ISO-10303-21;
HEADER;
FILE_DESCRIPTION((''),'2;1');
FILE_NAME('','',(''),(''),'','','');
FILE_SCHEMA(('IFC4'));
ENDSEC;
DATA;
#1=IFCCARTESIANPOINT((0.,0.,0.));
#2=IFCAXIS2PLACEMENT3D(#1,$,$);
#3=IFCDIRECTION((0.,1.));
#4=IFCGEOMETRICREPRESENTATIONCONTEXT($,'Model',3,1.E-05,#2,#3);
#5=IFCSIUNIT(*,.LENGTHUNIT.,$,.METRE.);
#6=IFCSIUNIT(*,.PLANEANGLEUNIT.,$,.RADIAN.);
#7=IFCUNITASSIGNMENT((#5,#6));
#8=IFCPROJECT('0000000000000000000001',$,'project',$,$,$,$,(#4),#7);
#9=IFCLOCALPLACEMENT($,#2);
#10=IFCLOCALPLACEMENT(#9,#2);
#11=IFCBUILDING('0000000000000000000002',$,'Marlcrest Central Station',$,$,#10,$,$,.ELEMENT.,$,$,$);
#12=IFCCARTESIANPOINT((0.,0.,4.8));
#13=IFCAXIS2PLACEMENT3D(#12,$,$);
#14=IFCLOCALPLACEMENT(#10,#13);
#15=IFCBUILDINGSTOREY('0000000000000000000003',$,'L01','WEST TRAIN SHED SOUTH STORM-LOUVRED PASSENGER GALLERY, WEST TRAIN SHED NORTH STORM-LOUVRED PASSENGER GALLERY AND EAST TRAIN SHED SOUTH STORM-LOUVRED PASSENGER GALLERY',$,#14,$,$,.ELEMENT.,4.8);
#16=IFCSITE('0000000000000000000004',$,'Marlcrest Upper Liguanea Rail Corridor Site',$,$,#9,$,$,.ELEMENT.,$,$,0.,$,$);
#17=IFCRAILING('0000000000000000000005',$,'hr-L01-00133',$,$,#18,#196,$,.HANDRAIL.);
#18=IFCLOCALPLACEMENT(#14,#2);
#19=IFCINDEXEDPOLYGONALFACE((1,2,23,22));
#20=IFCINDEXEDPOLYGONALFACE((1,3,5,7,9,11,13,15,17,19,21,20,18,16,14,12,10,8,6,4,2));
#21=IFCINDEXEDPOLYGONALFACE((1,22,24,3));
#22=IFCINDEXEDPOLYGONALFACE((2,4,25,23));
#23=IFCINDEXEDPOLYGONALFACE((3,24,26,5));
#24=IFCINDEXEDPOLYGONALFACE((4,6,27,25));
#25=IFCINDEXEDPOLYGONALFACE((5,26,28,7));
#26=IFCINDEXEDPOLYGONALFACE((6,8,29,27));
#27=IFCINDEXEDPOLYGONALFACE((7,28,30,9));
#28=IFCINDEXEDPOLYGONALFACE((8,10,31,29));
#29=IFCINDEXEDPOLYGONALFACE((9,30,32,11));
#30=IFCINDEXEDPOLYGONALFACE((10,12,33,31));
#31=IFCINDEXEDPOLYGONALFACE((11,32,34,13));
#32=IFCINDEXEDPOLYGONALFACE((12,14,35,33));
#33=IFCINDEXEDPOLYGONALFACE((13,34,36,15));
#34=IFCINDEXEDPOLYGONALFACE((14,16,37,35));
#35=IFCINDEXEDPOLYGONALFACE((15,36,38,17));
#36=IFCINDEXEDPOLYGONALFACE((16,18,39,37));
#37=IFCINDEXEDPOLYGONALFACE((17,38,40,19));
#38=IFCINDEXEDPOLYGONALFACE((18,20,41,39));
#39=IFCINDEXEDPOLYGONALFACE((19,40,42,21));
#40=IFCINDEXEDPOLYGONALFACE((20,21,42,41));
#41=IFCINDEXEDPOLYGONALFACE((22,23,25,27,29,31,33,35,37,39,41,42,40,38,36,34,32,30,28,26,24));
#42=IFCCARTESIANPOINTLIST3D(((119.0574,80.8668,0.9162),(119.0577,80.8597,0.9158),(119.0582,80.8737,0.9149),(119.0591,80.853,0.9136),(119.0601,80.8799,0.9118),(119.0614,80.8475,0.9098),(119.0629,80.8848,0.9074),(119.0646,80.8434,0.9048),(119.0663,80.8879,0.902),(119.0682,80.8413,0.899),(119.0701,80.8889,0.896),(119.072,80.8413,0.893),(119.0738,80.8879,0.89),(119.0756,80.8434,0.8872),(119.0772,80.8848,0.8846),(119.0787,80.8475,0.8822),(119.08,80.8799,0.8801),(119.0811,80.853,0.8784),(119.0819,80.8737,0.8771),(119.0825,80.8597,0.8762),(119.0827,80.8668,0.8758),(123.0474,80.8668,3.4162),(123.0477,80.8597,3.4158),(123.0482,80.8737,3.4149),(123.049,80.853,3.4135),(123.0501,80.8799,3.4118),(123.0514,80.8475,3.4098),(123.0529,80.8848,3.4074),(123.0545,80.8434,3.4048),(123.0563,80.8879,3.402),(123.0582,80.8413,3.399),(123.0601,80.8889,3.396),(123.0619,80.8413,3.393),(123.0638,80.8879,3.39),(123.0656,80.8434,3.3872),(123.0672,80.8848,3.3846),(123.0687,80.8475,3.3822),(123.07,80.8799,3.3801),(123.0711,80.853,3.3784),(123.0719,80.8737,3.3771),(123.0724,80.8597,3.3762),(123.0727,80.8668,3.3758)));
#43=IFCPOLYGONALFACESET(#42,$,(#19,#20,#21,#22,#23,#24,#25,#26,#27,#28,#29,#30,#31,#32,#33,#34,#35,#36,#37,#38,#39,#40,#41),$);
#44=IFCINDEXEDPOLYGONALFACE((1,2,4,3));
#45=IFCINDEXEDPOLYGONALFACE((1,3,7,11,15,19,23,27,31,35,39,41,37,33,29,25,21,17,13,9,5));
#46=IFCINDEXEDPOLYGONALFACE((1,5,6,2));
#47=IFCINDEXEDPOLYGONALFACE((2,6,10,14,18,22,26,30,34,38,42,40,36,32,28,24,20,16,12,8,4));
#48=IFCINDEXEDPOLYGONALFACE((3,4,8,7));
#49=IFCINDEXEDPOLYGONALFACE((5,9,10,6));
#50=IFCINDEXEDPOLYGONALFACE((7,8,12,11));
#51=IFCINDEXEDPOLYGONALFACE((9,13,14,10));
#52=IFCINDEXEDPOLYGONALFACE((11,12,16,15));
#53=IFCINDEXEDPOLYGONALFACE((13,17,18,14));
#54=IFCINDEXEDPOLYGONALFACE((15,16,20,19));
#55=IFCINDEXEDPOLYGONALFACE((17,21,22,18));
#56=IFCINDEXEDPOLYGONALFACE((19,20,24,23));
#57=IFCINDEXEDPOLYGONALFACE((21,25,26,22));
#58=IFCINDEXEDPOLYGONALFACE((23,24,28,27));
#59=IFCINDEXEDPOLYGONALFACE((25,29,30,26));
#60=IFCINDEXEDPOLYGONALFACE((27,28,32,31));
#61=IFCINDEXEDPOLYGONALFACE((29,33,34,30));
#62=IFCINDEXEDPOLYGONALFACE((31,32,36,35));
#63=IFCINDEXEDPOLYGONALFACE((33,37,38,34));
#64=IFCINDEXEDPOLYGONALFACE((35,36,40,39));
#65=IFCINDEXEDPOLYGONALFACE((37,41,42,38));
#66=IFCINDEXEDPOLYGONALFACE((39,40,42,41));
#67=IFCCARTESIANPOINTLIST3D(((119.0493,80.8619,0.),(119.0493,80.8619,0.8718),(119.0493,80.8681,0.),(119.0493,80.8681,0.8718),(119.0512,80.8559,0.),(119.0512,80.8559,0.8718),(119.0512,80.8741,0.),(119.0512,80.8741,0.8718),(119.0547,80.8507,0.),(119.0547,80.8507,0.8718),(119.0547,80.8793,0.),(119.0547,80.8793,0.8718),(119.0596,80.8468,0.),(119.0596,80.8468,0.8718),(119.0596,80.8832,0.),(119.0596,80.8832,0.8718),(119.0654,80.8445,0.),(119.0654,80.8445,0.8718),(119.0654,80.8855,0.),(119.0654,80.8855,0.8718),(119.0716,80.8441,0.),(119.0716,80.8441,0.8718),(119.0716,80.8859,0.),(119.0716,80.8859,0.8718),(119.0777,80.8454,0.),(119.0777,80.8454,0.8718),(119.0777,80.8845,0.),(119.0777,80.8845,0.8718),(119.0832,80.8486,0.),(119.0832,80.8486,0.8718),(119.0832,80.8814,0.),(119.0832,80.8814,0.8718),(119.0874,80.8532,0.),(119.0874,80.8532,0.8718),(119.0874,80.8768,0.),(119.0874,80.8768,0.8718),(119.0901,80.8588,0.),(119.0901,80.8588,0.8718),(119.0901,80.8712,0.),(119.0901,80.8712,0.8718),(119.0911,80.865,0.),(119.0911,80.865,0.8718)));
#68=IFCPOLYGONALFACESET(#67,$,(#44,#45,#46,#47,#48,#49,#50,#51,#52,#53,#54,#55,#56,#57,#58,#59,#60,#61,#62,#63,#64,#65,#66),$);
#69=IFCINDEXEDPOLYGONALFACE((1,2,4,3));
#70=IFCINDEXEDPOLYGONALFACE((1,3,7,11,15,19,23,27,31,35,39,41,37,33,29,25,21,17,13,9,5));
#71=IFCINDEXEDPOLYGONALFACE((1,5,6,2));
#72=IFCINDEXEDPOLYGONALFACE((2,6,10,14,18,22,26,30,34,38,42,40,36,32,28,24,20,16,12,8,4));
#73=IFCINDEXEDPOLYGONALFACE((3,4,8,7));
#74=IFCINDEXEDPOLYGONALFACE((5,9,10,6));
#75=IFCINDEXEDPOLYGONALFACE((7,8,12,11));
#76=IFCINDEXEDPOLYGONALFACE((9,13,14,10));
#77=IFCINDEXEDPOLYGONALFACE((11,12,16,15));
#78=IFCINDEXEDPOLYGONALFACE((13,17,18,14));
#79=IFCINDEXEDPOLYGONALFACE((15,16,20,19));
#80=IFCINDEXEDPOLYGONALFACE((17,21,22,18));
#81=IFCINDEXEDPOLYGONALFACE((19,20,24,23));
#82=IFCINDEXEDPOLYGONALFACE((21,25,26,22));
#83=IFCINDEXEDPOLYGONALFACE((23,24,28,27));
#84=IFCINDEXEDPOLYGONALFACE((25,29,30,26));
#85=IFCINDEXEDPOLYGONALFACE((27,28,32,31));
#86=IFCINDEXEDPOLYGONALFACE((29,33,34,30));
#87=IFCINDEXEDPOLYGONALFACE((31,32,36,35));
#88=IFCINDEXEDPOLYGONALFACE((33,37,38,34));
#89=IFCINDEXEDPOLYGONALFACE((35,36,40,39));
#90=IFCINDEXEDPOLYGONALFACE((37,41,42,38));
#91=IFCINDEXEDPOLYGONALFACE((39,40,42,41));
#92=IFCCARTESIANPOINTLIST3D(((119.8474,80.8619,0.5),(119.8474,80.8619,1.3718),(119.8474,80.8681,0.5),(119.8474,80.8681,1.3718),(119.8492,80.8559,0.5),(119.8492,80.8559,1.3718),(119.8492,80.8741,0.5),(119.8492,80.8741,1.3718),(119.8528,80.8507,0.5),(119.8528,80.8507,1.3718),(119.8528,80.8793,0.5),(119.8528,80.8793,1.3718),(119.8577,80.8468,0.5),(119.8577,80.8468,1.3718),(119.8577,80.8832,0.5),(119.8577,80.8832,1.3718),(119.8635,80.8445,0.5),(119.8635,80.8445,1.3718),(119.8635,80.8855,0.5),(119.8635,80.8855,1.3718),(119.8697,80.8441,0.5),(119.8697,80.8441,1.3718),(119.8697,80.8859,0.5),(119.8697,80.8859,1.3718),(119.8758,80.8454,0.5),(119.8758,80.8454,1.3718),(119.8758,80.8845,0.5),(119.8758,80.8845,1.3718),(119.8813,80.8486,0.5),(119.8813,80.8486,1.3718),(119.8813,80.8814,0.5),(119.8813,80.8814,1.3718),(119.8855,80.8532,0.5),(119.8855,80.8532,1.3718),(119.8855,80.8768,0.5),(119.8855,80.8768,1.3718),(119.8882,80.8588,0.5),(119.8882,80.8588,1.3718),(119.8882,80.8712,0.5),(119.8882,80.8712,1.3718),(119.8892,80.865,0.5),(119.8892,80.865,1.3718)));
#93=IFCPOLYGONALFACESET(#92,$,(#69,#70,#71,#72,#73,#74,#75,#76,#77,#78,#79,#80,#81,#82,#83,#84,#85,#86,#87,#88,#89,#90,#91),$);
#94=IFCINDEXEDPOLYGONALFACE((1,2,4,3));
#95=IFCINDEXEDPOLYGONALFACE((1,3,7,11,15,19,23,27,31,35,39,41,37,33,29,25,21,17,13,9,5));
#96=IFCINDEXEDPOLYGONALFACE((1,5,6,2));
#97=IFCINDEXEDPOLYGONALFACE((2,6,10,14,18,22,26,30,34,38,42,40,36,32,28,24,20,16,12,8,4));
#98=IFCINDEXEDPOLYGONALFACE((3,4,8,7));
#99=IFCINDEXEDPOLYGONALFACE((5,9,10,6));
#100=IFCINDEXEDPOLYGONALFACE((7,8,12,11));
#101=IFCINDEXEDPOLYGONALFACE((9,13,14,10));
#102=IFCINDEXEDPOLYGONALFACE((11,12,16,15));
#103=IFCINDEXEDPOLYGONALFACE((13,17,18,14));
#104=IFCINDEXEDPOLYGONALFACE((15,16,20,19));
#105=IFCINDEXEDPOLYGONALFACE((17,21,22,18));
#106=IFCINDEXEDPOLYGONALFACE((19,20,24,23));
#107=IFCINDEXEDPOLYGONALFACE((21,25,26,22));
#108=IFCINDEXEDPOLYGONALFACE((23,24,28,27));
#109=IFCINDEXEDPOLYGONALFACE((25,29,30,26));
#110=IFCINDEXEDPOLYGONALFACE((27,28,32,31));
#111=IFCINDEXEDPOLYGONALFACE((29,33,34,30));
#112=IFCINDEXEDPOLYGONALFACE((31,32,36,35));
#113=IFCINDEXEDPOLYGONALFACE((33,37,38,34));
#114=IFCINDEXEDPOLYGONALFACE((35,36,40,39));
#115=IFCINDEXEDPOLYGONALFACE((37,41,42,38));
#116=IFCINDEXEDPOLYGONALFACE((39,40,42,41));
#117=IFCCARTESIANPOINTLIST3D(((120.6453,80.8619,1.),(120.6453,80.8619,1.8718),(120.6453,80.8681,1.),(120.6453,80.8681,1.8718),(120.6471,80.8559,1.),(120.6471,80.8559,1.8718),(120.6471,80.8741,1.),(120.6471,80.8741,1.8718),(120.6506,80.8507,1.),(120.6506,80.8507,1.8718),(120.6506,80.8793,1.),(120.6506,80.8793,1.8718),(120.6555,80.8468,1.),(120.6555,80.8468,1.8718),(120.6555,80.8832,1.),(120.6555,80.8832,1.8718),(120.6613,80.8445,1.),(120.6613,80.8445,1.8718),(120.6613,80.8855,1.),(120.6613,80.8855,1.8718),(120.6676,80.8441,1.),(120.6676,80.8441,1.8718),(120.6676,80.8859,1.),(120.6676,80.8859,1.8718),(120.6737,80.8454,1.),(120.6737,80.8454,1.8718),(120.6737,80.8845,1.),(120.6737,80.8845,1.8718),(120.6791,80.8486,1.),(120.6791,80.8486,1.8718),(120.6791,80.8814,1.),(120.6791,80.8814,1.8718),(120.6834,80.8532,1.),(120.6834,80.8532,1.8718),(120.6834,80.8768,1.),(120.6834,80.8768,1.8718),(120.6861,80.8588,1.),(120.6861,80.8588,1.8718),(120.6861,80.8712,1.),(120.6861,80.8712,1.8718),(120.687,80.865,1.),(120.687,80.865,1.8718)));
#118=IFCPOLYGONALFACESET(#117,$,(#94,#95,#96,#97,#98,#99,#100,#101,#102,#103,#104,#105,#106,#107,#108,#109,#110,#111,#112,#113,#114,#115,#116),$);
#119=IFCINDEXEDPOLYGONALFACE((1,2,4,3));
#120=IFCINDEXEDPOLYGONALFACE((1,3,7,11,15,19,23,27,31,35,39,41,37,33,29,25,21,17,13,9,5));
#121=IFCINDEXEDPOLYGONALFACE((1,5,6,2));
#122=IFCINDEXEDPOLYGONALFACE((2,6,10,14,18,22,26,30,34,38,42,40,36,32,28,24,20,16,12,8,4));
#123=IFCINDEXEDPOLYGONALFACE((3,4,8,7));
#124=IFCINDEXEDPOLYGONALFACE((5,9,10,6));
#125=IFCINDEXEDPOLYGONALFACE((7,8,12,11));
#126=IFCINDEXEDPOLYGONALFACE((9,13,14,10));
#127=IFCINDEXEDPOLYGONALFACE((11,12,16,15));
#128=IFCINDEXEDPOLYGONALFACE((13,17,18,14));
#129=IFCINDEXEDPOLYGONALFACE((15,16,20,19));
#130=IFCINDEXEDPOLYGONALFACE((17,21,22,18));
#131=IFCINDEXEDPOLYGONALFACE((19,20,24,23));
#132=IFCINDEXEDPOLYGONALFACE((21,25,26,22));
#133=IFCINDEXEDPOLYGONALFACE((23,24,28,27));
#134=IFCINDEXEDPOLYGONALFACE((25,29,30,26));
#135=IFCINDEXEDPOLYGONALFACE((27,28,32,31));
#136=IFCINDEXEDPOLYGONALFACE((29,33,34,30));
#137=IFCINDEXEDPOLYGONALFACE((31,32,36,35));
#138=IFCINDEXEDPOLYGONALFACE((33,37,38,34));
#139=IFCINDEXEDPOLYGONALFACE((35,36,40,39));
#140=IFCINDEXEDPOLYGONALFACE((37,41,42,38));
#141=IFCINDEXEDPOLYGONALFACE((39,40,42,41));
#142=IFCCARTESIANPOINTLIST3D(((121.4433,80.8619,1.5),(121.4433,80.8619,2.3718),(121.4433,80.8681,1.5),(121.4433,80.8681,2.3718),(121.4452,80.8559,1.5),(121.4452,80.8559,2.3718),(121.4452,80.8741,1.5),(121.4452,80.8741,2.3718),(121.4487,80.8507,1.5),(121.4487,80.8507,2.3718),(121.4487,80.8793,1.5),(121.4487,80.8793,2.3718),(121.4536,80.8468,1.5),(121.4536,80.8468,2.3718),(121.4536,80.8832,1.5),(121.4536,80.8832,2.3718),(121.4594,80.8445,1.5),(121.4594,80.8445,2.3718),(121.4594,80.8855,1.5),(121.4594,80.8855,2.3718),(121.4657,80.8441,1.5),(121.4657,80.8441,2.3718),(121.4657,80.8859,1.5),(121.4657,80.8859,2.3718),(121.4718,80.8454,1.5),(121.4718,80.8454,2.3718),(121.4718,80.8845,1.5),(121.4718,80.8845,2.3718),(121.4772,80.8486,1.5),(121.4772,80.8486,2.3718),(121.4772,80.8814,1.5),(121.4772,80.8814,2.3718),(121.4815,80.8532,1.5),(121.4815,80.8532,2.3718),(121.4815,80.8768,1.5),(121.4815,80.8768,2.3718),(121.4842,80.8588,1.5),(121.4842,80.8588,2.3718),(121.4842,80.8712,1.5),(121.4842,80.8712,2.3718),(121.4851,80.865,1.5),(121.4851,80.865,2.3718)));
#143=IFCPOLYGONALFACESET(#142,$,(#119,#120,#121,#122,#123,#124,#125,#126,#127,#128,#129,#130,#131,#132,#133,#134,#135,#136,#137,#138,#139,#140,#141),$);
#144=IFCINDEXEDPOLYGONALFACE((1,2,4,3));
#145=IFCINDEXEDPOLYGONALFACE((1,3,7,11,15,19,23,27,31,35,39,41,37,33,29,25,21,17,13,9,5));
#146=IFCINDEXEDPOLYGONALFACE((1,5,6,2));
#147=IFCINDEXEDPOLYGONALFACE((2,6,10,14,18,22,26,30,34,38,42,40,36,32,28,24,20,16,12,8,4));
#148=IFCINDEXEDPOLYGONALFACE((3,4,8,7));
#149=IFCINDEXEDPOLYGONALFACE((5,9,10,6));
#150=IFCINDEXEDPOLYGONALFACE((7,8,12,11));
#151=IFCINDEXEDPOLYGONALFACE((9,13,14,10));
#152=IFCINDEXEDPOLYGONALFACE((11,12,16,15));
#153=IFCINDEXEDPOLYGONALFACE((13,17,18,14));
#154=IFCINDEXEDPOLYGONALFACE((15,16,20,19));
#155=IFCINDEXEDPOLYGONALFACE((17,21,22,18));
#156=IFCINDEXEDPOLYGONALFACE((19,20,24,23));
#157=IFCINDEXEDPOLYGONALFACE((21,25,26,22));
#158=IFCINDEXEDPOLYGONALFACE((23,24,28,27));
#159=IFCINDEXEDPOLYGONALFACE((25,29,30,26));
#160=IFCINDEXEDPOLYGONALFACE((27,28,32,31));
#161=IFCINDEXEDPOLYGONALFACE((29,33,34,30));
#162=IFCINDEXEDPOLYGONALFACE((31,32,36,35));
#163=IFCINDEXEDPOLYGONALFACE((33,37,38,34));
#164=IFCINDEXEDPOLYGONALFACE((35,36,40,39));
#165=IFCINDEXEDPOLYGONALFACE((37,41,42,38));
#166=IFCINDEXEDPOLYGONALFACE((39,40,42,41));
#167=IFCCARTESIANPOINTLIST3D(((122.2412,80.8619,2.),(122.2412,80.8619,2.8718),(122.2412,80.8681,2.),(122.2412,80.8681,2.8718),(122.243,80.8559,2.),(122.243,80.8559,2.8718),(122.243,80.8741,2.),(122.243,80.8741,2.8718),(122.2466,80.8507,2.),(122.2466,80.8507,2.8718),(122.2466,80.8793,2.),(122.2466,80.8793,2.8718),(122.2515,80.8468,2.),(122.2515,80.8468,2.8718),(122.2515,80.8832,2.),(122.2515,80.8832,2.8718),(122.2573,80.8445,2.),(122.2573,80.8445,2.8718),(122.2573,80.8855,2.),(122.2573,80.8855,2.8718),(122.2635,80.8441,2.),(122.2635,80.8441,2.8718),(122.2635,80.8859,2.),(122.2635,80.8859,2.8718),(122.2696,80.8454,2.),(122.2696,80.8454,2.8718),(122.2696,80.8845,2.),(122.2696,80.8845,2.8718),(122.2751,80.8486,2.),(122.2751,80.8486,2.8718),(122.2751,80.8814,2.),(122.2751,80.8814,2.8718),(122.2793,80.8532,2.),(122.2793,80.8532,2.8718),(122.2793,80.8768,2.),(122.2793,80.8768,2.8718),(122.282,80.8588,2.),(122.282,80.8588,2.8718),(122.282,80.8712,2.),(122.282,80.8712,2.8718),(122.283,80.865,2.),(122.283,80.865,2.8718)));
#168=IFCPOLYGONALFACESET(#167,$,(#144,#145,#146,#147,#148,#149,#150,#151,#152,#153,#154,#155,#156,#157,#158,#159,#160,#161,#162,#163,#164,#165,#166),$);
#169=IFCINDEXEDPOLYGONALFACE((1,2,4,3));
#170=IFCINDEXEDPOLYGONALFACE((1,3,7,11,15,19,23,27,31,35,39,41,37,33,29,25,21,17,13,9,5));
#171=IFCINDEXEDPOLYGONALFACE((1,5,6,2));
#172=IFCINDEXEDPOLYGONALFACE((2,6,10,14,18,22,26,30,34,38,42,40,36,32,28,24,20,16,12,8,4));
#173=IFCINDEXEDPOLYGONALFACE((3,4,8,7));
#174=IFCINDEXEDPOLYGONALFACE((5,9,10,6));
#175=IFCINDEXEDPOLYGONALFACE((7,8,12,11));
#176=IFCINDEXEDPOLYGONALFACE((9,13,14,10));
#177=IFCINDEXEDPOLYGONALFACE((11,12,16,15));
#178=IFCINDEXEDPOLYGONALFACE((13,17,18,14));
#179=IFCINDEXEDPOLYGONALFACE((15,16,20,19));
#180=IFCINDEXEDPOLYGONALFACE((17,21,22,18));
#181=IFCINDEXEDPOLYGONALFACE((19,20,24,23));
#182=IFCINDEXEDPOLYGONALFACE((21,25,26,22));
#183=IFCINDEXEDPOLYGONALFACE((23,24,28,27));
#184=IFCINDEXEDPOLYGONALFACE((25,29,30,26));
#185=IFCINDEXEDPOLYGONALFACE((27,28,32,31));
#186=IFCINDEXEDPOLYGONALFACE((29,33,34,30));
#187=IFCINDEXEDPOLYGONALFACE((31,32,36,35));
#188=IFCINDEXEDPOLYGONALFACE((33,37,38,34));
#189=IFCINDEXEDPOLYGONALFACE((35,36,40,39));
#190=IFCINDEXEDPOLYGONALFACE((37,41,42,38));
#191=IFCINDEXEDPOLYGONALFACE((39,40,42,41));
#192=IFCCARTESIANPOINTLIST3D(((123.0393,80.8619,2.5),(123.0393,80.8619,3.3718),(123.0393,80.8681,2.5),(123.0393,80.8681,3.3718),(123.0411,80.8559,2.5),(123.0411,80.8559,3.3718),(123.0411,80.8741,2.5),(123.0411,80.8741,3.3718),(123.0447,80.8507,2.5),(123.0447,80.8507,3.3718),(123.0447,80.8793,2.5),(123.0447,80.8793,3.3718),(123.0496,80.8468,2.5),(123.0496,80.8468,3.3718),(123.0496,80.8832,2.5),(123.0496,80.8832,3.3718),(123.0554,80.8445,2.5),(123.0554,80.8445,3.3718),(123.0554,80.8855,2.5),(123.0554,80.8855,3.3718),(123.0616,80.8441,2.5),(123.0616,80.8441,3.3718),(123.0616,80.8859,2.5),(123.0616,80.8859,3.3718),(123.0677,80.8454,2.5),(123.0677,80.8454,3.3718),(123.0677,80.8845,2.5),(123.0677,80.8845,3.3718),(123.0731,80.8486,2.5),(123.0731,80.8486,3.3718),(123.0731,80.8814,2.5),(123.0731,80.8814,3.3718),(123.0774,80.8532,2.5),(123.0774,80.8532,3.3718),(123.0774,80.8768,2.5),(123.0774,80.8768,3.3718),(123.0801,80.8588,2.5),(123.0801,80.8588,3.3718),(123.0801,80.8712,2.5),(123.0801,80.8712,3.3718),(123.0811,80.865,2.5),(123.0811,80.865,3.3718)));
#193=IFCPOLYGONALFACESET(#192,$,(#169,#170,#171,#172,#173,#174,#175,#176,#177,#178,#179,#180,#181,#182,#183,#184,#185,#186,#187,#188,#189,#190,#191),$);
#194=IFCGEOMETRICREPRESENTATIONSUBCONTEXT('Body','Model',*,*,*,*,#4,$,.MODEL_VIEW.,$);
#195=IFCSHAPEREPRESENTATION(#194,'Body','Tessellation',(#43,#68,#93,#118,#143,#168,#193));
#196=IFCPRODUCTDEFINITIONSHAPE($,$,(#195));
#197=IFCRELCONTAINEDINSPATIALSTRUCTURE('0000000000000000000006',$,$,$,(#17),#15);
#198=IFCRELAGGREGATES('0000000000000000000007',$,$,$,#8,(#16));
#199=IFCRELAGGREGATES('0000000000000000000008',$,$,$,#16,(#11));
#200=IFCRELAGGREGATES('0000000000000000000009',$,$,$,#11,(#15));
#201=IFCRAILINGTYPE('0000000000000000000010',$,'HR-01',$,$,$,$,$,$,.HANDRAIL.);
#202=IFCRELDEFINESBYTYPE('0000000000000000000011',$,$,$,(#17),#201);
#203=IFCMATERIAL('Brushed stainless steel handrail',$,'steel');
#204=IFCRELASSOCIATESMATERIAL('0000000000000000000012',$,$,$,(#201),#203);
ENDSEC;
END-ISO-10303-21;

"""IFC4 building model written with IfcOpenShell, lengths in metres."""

from ifc_helpers import new_model, si_unit, direction, frame, origin, origin_2d, place, context, subcontext, project, spatial, circle, extrude, material, type_object, element, save


model = new_model("IFC4")

# Units and contexts
model_context = context("Model", 3, precision=1e-05, world=origin(), true_north=direction((0.0, 1.0)))
body_context = subcontext(model_context, "Body", "Model", "MODEL_VIEW")
ifc_project = project(units=[si_unit("LENGTHUNIT", "METRE"), si_unit("PLANEANGLEUNIT", "RADIAN")], contexts=[model_context])

# Site, building, storey
site_placement = place(None, origin())
site = spatial("IfcSite", under=ifc_project, at=site_placement, Name="Marlcrest Upper Liguanea Rail Corridor Site", CompositionType="ELEMENT", RefElevation=0.0)
building_placement = place(site_placement, origin())
building = spatial("IfcBuilding", under=site, at=building_placement, Name="Marlcrest Central Station", CompositionType="ELEMENT")
storey_placement = place(building_placement, frame((0.0, 0.0, 4.8)))
storey = spatial("IfcBuildingStorey", under=building, at=storey_placement, Name="L01", Description="WEST TRAIN SHED SOUTH STORM-LOUVRED PASSENGER GALLERY, WEST TRAIN SHED NORTH STORM-LOUVRED PASSENGER GALLERY AND EAST TRAIN SHED SOUTH STORM-LOUVRED PASSENGER GALLERY", CompositionType="ELEMENT", Elevation=4.8)

# Railing
ifc_material_1 = material(Name="Brushed stainless steel handrail", Category="steel")
railing_type_1 = type_object("IfcRailingType", Name="HR-01", PredefinedType="HANDRAIL", material=ifc_material_1)
railing_1_placement = place(storey_placement, frame((119.0701, 80.865, 0.0)))
element("IfcRailing", 1, at=railing_1_placement, inside=storey, type_object=railing_type_1, Name="hr-L01-00133", PredefinedType="HANDRAIL", context=body_context, shape_type="SweptSolid", body=[
    extrude(circle(Radius=0.0239, at=origin_2d()), frame((0.0, 0.0, 0.896), z_axis=(0.847401, 0.0, 0.530954), x_axis=(0.0, 1.0, 0.0)), (0.0, 0.0, 1.0), 4.7085),
    extrude(circle(Radius=0.021, at=origin_2d()), origin(), (0.0, 0.0, 1.0), 0.8718),
    extrude(circle(Radius=0.021, at=origin_2d()), frame((0.7981, 0.0, 0.5)), (0.0, 0.0, 1.0), 0.8718),
    extrude(circle(Radius=0.021, at=origin_2d()), frame((1.5959, 0.0, 1.0)), (0.0, 0.0, 1.0), 0.8718),
    extrude(circle(Radius=0.021, at=origin_2d()), frame((2.394, 0.0, 1.5)), (0.0, 0.0, 1.0), 0.8718),
    extrude(circle(Radius=0.021, at=origin_2d()), frame((3.1919, 0.0, 2.0)), (0.0, 0.0, 1.0), 0.8718),
    extrude(circle(Radius=0.021, at=origin_2d()), frame((3.99, 0.0, 2.5)), (0.0, 0.0, 1.0), 0.8718),
])

save(model, "model.ifc")
